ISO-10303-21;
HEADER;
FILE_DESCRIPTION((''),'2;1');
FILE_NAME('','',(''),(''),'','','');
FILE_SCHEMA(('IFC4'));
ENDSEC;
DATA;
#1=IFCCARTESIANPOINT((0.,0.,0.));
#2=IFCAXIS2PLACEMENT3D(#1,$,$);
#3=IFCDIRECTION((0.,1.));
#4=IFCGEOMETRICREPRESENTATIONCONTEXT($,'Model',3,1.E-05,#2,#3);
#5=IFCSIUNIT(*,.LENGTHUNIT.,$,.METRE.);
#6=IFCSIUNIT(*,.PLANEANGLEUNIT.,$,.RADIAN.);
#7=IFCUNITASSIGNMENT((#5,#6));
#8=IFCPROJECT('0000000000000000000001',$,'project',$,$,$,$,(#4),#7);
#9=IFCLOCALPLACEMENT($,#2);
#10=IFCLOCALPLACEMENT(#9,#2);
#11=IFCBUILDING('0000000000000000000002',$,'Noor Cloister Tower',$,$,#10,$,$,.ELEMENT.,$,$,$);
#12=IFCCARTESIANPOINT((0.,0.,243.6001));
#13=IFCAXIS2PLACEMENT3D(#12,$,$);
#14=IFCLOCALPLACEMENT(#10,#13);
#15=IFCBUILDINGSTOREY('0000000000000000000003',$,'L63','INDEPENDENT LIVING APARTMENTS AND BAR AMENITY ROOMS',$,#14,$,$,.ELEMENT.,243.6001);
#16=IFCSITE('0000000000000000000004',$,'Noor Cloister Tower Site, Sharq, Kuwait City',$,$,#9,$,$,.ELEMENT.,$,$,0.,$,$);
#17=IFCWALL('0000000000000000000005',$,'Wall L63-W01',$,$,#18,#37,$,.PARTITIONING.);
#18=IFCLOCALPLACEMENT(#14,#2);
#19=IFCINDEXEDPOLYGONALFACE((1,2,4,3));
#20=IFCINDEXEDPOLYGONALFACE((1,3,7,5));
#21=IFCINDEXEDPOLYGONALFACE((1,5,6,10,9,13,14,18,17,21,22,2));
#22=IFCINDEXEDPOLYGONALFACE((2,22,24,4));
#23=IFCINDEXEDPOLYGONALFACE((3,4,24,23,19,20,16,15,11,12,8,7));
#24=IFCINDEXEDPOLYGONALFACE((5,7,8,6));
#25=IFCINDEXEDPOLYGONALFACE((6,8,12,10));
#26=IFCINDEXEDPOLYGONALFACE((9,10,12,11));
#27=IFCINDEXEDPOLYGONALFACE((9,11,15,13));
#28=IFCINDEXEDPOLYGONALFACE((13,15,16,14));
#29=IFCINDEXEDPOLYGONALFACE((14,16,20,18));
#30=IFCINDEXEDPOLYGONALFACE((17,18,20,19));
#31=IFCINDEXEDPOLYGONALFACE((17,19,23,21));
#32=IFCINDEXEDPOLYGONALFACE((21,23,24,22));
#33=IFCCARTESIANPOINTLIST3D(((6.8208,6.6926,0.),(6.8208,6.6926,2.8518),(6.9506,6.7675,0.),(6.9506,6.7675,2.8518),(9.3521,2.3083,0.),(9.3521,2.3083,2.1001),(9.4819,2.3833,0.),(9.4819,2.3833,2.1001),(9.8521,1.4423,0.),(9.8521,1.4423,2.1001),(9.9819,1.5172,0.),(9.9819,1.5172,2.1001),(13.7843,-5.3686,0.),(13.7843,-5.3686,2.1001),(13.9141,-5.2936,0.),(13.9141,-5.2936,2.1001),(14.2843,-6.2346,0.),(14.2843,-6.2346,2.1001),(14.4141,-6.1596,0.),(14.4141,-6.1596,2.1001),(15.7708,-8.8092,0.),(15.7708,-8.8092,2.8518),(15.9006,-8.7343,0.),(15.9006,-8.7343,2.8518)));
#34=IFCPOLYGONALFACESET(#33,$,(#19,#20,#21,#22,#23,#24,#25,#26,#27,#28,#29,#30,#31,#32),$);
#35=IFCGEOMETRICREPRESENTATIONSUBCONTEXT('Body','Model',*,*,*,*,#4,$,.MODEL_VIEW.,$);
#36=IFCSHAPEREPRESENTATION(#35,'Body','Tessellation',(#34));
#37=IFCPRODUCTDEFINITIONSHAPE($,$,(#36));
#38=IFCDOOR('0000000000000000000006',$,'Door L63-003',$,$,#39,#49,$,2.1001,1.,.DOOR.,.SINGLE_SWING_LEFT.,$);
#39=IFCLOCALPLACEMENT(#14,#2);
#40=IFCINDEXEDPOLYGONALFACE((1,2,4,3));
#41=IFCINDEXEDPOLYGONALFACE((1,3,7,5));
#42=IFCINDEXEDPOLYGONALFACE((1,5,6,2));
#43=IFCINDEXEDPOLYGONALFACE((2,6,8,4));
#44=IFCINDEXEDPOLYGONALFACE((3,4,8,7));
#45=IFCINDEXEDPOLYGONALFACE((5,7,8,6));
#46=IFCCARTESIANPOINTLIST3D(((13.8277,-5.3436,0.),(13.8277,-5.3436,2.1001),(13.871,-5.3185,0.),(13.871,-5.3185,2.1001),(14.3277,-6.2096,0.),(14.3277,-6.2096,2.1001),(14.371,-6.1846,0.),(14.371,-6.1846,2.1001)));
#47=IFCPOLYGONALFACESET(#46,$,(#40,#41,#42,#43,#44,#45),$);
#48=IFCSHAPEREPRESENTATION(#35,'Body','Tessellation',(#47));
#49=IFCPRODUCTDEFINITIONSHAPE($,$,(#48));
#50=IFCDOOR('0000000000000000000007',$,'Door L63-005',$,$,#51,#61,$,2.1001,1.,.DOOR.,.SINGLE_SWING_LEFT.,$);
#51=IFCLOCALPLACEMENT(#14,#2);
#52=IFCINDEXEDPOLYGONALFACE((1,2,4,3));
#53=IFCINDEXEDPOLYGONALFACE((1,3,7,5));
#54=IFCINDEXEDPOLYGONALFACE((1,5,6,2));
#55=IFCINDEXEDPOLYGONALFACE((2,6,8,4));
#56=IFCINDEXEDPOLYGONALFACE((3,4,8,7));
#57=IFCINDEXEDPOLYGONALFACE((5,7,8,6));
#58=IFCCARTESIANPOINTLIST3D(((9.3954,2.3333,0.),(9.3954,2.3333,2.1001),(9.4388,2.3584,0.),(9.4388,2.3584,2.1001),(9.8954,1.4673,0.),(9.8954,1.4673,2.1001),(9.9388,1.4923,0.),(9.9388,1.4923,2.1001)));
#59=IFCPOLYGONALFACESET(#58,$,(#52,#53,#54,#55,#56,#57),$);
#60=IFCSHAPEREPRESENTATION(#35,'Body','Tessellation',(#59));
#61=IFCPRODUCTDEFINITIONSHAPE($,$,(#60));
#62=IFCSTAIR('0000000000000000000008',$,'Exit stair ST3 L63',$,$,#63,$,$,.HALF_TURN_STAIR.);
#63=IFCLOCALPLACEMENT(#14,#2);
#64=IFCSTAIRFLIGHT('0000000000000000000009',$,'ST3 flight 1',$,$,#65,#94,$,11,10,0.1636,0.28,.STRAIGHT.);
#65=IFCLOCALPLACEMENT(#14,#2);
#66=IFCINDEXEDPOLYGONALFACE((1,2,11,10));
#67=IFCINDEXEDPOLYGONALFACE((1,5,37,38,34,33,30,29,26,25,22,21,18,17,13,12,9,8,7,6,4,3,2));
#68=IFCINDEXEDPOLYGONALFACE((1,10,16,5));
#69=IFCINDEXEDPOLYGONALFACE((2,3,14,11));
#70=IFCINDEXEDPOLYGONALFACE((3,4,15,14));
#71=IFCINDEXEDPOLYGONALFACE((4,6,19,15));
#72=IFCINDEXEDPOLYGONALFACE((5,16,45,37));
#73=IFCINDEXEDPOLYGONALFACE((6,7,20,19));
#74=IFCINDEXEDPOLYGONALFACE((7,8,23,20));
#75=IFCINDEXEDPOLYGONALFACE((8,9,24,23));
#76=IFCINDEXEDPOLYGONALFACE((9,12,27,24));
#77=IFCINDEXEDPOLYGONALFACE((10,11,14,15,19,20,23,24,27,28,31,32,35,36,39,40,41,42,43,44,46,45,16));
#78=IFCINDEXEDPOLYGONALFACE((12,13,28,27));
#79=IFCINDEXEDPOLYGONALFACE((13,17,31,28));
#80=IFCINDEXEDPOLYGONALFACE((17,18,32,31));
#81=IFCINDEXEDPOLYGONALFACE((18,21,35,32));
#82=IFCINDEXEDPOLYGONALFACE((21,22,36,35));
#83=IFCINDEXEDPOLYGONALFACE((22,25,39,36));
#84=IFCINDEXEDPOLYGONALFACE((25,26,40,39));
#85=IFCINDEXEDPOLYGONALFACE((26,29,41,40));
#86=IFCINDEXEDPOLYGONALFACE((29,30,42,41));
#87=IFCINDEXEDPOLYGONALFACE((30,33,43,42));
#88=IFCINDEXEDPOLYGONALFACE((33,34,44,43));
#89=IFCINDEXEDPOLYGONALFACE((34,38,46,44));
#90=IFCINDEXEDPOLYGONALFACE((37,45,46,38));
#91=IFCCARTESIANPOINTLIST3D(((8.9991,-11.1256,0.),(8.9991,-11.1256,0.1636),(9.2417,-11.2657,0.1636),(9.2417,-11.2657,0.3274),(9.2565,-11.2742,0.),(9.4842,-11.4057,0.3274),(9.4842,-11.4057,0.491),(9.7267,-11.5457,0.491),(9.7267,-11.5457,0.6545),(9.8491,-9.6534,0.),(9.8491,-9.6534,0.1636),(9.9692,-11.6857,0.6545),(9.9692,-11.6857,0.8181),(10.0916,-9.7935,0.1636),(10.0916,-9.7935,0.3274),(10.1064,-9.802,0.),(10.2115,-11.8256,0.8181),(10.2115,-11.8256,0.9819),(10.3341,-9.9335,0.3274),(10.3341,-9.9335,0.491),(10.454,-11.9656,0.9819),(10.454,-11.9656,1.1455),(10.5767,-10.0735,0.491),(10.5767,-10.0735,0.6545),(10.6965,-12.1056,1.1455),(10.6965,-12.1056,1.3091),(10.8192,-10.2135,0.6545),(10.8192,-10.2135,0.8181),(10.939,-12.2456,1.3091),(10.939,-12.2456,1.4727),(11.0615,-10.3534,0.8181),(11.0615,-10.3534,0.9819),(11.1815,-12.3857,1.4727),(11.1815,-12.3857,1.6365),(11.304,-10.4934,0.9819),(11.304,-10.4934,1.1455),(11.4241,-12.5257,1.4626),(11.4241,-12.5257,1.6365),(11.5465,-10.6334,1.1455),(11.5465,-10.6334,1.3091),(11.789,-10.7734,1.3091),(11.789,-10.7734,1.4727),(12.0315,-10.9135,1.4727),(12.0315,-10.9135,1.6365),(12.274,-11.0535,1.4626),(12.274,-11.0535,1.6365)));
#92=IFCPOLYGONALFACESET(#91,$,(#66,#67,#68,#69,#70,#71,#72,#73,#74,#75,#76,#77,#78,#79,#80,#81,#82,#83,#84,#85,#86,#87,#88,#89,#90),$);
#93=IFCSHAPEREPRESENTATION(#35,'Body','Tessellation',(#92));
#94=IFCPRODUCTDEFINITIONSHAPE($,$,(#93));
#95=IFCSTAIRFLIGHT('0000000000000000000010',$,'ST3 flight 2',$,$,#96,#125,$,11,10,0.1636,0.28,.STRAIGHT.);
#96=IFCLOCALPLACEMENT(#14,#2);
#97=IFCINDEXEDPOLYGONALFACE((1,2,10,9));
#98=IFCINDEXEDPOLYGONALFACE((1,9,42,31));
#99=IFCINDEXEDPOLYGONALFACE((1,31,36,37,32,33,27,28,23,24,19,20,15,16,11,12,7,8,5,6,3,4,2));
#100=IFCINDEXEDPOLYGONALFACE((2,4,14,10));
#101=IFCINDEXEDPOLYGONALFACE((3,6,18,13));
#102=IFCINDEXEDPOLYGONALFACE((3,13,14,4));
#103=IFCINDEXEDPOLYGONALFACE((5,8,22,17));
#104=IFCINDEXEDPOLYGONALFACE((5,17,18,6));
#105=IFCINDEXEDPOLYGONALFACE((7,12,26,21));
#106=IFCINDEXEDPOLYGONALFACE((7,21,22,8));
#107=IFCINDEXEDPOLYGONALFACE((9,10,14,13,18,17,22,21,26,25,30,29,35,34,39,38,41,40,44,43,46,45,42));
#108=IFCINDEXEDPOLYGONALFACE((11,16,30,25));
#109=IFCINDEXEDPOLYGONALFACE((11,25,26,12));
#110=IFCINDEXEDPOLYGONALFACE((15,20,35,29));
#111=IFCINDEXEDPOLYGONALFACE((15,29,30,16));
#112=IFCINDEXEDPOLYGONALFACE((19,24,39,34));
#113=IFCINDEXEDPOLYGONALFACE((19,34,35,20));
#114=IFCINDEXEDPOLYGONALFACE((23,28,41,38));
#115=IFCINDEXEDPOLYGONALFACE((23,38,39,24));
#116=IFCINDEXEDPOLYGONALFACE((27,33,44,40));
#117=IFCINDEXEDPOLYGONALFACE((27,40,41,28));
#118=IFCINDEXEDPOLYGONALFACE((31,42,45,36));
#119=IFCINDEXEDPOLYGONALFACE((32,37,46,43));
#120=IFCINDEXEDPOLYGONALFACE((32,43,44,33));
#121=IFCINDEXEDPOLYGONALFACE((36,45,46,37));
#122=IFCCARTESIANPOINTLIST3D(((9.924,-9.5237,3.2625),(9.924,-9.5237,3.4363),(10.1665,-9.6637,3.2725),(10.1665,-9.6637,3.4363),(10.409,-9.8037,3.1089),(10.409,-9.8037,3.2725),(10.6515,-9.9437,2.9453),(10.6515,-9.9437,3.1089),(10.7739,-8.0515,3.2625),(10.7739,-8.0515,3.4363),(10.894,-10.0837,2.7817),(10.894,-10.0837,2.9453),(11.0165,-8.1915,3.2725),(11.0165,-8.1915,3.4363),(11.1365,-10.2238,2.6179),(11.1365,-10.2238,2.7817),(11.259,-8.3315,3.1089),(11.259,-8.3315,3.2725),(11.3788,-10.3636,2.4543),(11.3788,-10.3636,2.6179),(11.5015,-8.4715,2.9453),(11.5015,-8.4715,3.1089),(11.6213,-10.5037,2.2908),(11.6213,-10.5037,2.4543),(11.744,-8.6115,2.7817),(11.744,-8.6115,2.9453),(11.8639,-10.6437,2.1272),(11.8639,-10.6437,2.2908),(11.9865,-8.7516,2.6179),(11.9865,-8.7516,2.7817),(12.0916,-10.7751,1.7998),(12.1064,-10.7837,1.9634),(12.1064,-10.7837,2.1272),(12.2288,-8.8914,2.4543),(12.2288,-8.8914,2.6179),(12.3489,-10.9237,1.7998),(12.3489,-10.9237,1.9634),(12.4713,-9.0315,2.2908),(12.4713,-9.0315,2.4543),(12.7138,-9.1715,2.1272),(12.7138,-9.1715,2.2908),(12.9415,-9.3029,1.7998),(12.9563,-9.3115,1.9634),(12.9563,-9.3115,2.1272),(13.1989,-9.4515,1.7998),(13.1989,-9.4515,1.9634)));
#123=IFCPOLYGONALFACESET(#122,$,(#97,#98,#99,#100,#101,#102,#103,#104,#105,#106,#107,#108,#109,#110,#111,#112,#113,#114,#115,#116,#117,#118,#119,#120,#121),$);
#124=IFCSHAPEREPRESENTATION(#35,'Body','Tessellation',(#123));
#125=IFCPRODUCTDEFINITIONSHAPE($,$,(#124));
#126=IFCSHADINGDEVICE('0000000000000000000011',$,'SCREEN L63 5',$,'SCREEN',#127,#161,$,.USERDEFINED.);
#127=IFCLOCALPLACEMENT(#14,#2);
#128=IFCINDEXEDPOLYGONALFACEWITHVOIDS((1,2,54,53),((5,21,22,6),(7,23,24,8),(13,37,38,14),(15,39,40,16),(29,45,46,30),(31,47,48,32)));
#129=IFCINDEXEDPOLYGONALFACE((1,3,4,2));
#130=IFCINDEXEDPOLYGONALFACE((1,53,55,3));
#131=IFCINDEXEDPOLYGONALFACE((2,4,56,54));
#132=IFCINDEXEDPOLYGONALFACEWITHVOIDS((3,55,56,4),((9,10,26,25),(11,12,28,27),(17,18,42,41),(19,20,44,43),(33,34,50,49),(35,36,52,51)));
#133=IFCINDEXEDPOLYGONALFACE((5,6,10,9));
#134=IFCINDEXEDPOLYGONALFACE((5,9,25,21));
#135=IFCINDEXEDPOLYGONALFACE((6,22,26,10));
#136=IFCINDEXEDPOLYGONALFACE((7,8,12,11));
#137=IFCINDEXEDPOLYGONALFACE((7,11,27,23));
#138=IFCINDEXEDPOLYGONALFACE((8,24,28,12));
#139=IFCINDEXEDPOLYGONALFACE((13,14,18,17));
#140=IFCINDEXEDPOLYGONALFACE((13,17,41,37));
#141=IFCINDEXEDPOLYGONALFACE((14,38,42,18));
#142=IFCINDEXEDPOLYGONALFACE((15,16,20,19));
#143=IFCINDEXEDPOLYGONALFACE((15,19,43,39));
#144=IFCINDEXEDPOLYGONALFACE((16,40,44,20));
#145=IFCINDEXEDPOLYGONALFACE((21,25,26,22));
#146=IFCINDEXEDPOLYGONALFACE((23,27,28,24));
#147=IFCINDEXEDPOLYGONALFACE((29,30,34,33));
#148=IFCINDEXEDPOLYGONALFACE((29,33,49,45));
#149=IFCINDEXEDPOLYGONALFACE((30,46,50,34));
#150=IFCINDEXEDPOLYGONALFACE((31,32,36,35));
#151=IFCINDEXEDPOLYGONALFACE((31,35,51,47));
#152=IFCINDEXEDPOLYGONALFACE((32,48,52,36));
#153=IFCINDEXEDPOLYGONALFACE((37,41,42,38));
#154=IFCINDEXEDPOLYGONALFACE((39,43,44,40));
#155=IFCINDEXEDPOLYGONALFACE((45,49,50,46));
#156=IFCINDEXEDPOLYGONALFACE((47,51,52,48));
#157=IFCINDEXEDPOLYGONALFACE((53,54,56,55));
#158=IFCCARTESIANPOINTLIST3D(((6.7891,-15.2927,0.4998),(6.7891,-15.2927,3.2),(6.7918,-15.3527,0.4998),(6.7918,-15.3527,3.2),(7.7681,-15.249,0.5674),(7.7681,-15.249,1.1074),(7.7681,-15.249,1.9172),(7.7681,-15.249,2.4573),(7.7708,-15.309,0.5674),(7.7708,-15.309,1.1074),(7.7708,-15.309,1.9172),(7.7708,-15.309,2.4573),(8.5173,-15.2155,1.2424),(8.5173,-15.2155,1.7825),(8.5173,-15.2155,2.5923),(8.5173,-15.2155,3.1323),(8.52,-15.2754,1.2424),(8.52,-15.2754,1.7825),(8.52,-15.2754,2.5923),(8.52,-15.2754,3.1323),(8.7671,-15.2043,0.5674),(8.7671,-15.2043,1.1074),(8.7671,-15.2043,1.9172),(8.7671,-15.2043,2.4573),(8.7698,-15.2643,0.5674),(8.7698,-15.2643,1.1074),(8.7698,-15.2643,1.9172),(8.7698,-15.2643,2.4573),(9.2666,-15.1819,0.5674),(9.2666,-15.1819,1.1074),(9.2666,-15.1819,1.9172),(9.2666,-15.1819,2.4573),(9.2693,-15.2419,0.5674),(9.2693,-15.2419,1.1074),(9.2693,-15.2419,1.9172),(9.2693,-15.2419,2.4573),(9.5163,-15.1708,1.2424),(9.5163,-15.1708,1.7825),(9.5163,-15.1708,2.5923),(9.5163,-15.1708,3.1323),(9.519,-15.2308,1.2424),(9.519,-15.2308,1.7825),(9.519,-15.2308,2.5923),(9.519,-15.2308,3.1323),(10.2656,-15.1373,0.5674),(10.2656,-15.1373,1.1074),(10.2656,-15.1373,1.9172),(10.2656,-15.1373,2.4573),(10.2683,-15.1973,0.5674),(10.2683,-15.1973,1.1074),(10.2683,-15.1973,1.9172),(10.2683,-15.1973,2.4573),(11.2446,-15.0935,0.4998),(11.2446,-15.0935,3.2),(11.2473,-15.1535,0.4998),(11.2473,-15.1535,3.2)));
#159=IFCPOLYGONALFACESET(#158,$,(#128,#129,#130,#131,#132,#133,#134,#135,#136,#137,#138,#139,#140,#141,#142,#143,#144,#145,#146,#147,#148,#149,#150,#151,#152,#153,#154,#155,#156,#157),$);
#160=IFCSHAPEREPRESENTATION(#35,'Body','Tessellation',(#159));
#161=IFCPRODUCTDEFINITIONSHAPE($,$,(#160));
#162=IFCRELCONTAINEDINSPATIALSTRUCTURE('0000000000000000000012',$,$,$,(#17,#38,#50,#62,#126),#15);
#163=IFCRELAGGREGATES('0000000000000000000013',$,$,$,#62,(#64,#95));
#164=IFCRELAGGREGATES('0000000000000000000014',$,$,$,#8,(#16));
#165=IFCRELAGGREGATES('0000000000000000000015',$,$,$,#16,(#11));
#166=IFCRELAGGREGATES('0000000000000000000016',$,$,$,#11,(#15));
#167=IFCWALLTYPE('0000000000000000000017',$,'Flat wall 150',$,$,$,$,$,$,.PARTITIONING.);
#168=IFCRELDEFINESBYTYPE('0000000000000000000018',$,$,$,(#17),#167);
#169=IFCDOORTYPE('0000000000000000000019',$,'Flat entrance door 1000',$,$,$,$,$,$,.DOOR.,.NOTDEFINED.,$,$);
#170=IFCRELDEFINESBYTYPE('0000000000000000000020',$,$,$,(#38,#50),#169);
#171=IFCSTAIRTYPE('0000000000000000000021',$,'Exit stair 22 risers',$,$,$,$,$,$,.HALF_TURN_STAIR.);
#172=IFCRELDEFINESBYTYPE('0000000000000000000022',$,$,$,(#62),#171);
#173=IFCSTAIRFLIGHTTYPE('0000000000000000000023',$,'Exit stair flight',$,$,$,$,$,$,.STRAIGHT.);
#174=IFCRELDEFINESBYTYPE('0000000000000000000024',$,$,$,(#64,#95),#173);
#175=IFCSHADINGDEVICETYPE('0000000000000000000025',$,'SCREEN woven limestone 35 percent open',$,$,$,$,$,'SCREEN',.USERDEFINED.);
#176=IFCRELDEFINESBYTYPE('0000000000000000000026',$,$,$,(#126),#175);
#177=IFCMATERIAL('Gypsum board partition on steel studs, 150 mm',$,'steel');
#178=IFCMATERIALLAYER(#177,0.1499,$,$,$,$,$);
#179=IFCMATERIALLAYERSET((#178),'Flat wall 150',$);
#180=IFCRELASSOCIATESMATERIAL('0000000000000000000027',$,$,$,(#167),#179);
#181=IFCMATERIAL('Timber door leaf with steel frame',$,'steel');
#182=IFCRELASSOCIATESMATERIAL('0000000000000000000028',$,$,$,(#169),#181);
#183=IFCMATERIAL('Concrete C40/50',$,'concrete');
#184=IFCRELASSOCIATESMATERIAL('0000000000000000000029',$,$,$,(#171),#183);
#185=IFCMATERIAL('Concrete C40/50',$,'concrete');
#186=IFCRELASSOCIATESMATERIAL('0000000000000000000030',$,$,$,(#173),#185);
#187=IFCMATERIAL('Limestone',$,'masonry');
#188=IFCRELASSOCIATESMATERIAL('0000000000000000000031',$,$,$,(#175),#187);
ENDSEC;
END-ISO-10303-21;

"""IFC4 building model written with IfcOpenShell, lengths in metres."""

from ifc_helpers import new_model, si_unit, direction, frame, frame_2d, origin, place, context, subcontext, project, spatial, polyline, rectangle, outline, extrude, material, layer, layer_set, material_profile, profile_set, type_object, element, fill, aggregate, save


model = new_model("IFC4")

# Units and contexts
model_context = context("Model", 3, precision=1e-05, world=origin(), true_north=direction((0.0, 1.0)))
body_context = subcontext(model_context, "Body", "Model", "MODEL_VIEW")
ifc_project = project(units=[si_unit("LENGTHUNIT", "METRE"), si_unit("PLANEANGLEUNIT", "RADIAN")], contexts=[model_context])

# Site, building, storey
site_placement = place(None, origin())
site = spatial("IfcSite", under=ifc_project, at=site_placement, Name="Noor Cloister Tower Site, Sharq, Kuwait City", CompositionType="ELEMENT", RefElevation=0.0)
building_placement = place(site_placement, origin())
building = spatial("IfcBuilding", under=site, at=building_placement, Name="Noor Cloister Tower", CompositionType="ELEMENT")
storey_placement = place(building_placement, frame((0.0, 0.0, 243.6001)))
storey = spatial("IfcBuildingStorey", under=building, at=storey_placement, Name="L63", Description="INDEPENDENT LIVING APARTMENTS AND BAR AMENITY ROOMS", CompositionType="ELEMENT", Elevation=243.6001)

# Wall, openings, doors
ifc_material_1 = material(Name="Gypsum board partition on steel studs, 150 mm", Category="steel")
ifc_layer_1 = layer(ifc_material_1, 0.1499)
ifc_layer_set_1 = layer_set([ifc_layer_1], Name="Flat wall 150")
wall_type = type_object("IfcWallType", Name="Flat wall 150", PredefinedType="PARTITIONING", material=ifc_layer_set_1)
wall_placement = place(storey_placement, frame((15.8357, -8.7717, 0.0), z_axis=(0.0, 0.0, 1.0), x_axis=(-0.500001, 0.866025, 0.0)))
wall = element("IfcWall", 1, at=wall_placement, inside=storey, type_object=wall_type, Name="Wall L63-W01", PredefinedType="PARTITIONING", context=body_context, shape_type="SweptSolid", body=[
    extrude(rectangle(XDim=17.8999, YDim=0.1499, at=frame_2d((8.95, 0.0))), origin(), (0.0, 0.0, 1.0), 2.8518),
])
opening_1_placement = place(wall_placement, frame((2.9729, 0.0, 0.0)))
opening_1 = element("IfcOpeningElement", 2, at=opening_1_placement, cuts=wall, PredefinedType="OPENING", context=body_context, shape_type="SweptSolid", body=[
    extrude(rectangle(XDim=1.0, YDim=2.1001, at=frame_2d((0.5, 1.05))), frame((0.0, 0.085, 0.0), z_axis=(0.0, -1.0, 0.0), x_axis=(1.0, 0.0, 0.0)), (0.0, 0.0, 1.0), 0.1699),
])
opening_2_placement = place(wall_placement, frame((11.8374, 0.0, 0.0)))
opening_2 = element("IfcOpeningElement", 3, at=opening_2_placement, cuts=wall, PredefinedType="OPENING", context=body_context, shape_type="SweptSolid", body=[
    extrude(rectangle(XDim=1.0, YDim=2.1001, at=frame_2d((0.5, 1.05))), frame((0.0, 0.085, 0.0), z_axis=(0.0, -1.0, 0.0), x_axis=(1.0, 0.0, 0.0)), (0.0, 0.0, 1.0), 0.1699),
])
ifc_material_2 = material(Name="Timber door leaf with steel frame", Category="steel")
door_type = type_object("IfcDoorType", Name="Flat entrance door 1000", OperationType="NOTDEFINED", PredefinedType="DOOR", material=ifc_material_2)
door_1_placement = place(opening_1_placement, origin())
door_1 = element("IfcDoor", 4, at=door_1_placement, inside=storey, type_object=door_type, Name="Door L63-003", OperationType="SINGLE_SWING_LEFT", OverallHeight=2.1001, OverallWidth=1.0, PredefinedType="DOOR", context=body_context, shape_type="SweptSolid", body=[
    extrude(rectangle(XDim=1.0, YDim=2.1001, at=frame_2d((0.5, 1.05))), frame((0.0, 0.0249, 0.0), z_axis=(0.0, -1.0, 0.0), x_axis=(1.0, 0.0, 0.0)), (0.0, 0.0, 1.0), 0.05),
])
fill(opening_1, door_1)
door_2_placement = place(opening_2_placement, origin())
door_2 = element("IfcDoor", 5, at=door_2_placement, inside=storey, type_object=door_type, Name="Door L63-005", OperationType="SINGLE_SWING_LEFT", OverallHeight=2.1001, OverallWidth=1.0, PredefinedType="DOOR", context=body_context, shape_type="SweptSolid", body=[
    extrude(rectangle(XDim=1.0, YDim=2.1001, at=frame_2d((0.5, 1.05))), frame((0.0, 0.0249, 0.0), z_axis=(0.0, -1.0, 0.0), x_axis=(1.0, 0.0, 0.0)), (0.0, 0.0, 1.0), 0.05),
])
fill(opening_2, door_2)

# Stair, stair flights
ifc_material_3 = material(Name="Concrete C40/50", Category="concrete")
stair_type = type_object("IfcStairType", Name="Exit stair 22 risers", PredefinedType="HALF_TURN_STAIR", material=ifc_material_3)
stair_placement = place(storey_placement, origin())
stair = element("IfcStair", 6, at=stair_placement, inside=storey, type_object=stair_type, Name="Exit stair ST3 L63", PredefinedType="HALF_TURN_STAIR")
ifc_material_4 = material(Name="Concrete C40/50", Category="concrete")
stair_flight_type = type_object("IfcStairFlightType", Name="Exit stair flight", PredefinedType="STRAIGHT", material=ifc_material_4)
stair_flight_1_placement = place(storey_placement, frame((9.4241, -10.3896, 0.0), z_axis=(0.0, 0.0, 1.0), x_axis=(0.866025, -0.5, 0.0)))
stair_flight_1 = element("IfcStairFlight", 7, at=stair_flight_1_placement, type_object=stair_flight_type, Name="ST3 flight 1", NumberOfRisers=11, NumberOfTreads=10, PredefinedType="STRAIGHT", RiserHeight=0.1636, TreadLength=0.28, context=body_context, shape_type="SweptSolid", body=[
    extrude(outline(polyline([(0.0, 0.0), (0.0, 0.1636), (0.28, 0.1636), (0.28, 0.3274), (0.5601, 0.3274), (0.5601, 0.491), (0.8401, 0.491), (0.8401, 0.6545), (1.1201, 0.6545), (1.1201, 0.8181), (1.3999, 0.8181), (1.3999, 0.9819), (1.6799, 0.9819), (1.6799, 1.1455), (1.96, 1.1455), (1.96, 1.3091), (2.24, 1.3091), (2.24, 1.4727), (2.52, 1.4727), (2.52, 1.6365), (2.8, 1.6365), (2.8, 1.8), (2.8, 1.4626), (0.2971, 0.0), (0.0, 0.0)])), frame((0.0, 0.8501, 0.0), z_axis=(0.0, -1.0, 0.0), x_axis=(1.0, 0.0, 0.0)), (0.0, 0.0, 1.0), 1.7),
])
stair_flight_2_placement = place(storey_placement, frame((12.7739, -10.1875, 1.7998), z_axis=(0.0, 0.0, 1.0), x_axis=(-0.866025, 0.5, 0.0)))
stair_flight_2 = element("IfcStairFlight", 8, at=stair_flight_2_placement, type_object=stair_flight_type, Name="ST3 flight 2", NumberOfRisers=11, NumberOfTreads=10, PredefinedType="STRAIGHT", RiserHeight=0.1636, TreadLength=0.28, context=body_context, shape_type="SweptSolid", body=[
    extrude(outline(polyline([(0.0, 0.0), (0.0, 0.1636), (0.28, 0.1636), (0.28, 0.3274), (0.5601, 0.3274), (0.5601, 0.491), (0.8401, 0.491), (0.8401, 0.6545), (1.1201, 0.6545), (1.1201, 0.8181), (1.3999, 0.8181), (1.3999, 0.9819), (1.6799, 0.9819), (1.6799, 1.1455), (1.96, 1.1455), (1.96, 1.3091), (2.24, 1.3091), (2.24, 1.4727), (2.52, 1.4727), (2.52, 1.6365), (2.8, 1.6365), (2.8, 1.8), (2.8, 1.4626), (0.2971, 0.0), (0.0, 0.0)])), frame((0.0, 0.8501, 0.0), z_axis=(0.0, -1.0, 0.0), x_axis=(1.0, 0.0, 0.0)), (0.0, 0.0, 1.0), 1.7),
])
aggregate(stair, [stair_flight_1, stair_flight_2])

# Shading device
ifc_material_5 = material(Name="Limestone", Category="masonry")
ifc_material_profile_1 = material_profile(ifc_material_5, outline(polyline([(-2.23, -1.3501), (2.23, -1.3501), (2.23, 1.3501), (-2.23, 1.3501), (-2.23, -1.3501)]), holes=[polyline([(-1.25, -1.2825), (-0.25, -1.2825), (-0.25, -0.7424), (-1.25, -0.7424), (-1.25, -1.2825)]), polyline([(0.25, -1.2825), (1.25, -1.2825), (1.25, -0.7424), (0.25, -0.7424), (0.25, -1.2825)]), polyline([(-0.5, -0.6074), (0.5, -0.6074), (0.5, -0.0674), (-0.5, -0.0674), (-0.5, -0.6074)]), polyline([(-1.25, 0.0674), (-0.25, 0.0674), (-0.25, 0.6074), (-1.25, 0.6074), (-1.25, 0.0674)]), polyline([(0.25, 0.0674), (1.25, 0.0674), (1.25, 0.6074), (0.25, 0.6074), (0.25, 0.0674)]), polyline([(-0.5, 0.7424), (0.5, 0.7424), (0.5, 1.2825), (-0.5, 1.2825), (-0.5, 0.7424)])]), Name="Woven screen 35 percent open")
ifc_profile_set_1 = profile_set([ifc_material_profile_1], Name="Limestone")
shading_device_type = type_object("IfcShadingDeviceType", Name="SCREEN woven limestone 35 percent open", ElementType="SCREEN", PredefinedType="USERDEFINED", material=ifc_profile_set_1)
shading_device_placement = place(storey_placement, frame((9.0168, -15.1931, 1.8499), z_axis=(0.044671, -0.999002, 0.0), x_axis=(0.999002, 0.044671, 0.0)))
element("IfcShadingDevice", 9, at=shading_device_placement, inside=storey, type_object=shading_device_type, Name="SCREEN L63 5", ObjectType="SCREEN", PredefinedType="USERDEFINED", context=body_context, shape_type="SweptSolid", body=[
    extrude(outline(polyline([(-2.23, -1.3501), (2.23, -1.3501), (2.23, 1.3501), (-2.23, 1.3501), (-2.23, -1.3501)]), holes=[polyline([(-1.25, -1.2825), (-0.25, -1.2825), (-0.25, -0.7424), (-1.25, -0.7424), (-1.25, -1.2825)]), polyline([(0.25, -1.2825), (1.25, -1.2825), (1.25, -0.7424), (0.25, -0.7424), (0.25, -1.2825)]), polyline([(-0.5, -0.6074), (0.5, -0.6074), (0.5, -0.0674), (-0.5, -0.0674), (-0.5, -0.6074)]), polyline([(-1.25, 0.0674), (-0.25, 0.0674), (-0.25, 0.6074), (-1.25, 0.6074), (-1.25, 0.0674)]), polyline([(0.25, 0.0674), (1.25, 0.0674), (1.25, 0.6074), (0.25, 0.6074), (0.25, 0.0674)]), polyline([(-0.5, 0.7424), (0.5, 0.7424), (0.5, 1.2825), (-0.5, 1.2825), (-0.5, 0.7424)])]), origin(), (0.0, 0.0, 1.0), 0.0601),
])

save(model, "model.ifc")
